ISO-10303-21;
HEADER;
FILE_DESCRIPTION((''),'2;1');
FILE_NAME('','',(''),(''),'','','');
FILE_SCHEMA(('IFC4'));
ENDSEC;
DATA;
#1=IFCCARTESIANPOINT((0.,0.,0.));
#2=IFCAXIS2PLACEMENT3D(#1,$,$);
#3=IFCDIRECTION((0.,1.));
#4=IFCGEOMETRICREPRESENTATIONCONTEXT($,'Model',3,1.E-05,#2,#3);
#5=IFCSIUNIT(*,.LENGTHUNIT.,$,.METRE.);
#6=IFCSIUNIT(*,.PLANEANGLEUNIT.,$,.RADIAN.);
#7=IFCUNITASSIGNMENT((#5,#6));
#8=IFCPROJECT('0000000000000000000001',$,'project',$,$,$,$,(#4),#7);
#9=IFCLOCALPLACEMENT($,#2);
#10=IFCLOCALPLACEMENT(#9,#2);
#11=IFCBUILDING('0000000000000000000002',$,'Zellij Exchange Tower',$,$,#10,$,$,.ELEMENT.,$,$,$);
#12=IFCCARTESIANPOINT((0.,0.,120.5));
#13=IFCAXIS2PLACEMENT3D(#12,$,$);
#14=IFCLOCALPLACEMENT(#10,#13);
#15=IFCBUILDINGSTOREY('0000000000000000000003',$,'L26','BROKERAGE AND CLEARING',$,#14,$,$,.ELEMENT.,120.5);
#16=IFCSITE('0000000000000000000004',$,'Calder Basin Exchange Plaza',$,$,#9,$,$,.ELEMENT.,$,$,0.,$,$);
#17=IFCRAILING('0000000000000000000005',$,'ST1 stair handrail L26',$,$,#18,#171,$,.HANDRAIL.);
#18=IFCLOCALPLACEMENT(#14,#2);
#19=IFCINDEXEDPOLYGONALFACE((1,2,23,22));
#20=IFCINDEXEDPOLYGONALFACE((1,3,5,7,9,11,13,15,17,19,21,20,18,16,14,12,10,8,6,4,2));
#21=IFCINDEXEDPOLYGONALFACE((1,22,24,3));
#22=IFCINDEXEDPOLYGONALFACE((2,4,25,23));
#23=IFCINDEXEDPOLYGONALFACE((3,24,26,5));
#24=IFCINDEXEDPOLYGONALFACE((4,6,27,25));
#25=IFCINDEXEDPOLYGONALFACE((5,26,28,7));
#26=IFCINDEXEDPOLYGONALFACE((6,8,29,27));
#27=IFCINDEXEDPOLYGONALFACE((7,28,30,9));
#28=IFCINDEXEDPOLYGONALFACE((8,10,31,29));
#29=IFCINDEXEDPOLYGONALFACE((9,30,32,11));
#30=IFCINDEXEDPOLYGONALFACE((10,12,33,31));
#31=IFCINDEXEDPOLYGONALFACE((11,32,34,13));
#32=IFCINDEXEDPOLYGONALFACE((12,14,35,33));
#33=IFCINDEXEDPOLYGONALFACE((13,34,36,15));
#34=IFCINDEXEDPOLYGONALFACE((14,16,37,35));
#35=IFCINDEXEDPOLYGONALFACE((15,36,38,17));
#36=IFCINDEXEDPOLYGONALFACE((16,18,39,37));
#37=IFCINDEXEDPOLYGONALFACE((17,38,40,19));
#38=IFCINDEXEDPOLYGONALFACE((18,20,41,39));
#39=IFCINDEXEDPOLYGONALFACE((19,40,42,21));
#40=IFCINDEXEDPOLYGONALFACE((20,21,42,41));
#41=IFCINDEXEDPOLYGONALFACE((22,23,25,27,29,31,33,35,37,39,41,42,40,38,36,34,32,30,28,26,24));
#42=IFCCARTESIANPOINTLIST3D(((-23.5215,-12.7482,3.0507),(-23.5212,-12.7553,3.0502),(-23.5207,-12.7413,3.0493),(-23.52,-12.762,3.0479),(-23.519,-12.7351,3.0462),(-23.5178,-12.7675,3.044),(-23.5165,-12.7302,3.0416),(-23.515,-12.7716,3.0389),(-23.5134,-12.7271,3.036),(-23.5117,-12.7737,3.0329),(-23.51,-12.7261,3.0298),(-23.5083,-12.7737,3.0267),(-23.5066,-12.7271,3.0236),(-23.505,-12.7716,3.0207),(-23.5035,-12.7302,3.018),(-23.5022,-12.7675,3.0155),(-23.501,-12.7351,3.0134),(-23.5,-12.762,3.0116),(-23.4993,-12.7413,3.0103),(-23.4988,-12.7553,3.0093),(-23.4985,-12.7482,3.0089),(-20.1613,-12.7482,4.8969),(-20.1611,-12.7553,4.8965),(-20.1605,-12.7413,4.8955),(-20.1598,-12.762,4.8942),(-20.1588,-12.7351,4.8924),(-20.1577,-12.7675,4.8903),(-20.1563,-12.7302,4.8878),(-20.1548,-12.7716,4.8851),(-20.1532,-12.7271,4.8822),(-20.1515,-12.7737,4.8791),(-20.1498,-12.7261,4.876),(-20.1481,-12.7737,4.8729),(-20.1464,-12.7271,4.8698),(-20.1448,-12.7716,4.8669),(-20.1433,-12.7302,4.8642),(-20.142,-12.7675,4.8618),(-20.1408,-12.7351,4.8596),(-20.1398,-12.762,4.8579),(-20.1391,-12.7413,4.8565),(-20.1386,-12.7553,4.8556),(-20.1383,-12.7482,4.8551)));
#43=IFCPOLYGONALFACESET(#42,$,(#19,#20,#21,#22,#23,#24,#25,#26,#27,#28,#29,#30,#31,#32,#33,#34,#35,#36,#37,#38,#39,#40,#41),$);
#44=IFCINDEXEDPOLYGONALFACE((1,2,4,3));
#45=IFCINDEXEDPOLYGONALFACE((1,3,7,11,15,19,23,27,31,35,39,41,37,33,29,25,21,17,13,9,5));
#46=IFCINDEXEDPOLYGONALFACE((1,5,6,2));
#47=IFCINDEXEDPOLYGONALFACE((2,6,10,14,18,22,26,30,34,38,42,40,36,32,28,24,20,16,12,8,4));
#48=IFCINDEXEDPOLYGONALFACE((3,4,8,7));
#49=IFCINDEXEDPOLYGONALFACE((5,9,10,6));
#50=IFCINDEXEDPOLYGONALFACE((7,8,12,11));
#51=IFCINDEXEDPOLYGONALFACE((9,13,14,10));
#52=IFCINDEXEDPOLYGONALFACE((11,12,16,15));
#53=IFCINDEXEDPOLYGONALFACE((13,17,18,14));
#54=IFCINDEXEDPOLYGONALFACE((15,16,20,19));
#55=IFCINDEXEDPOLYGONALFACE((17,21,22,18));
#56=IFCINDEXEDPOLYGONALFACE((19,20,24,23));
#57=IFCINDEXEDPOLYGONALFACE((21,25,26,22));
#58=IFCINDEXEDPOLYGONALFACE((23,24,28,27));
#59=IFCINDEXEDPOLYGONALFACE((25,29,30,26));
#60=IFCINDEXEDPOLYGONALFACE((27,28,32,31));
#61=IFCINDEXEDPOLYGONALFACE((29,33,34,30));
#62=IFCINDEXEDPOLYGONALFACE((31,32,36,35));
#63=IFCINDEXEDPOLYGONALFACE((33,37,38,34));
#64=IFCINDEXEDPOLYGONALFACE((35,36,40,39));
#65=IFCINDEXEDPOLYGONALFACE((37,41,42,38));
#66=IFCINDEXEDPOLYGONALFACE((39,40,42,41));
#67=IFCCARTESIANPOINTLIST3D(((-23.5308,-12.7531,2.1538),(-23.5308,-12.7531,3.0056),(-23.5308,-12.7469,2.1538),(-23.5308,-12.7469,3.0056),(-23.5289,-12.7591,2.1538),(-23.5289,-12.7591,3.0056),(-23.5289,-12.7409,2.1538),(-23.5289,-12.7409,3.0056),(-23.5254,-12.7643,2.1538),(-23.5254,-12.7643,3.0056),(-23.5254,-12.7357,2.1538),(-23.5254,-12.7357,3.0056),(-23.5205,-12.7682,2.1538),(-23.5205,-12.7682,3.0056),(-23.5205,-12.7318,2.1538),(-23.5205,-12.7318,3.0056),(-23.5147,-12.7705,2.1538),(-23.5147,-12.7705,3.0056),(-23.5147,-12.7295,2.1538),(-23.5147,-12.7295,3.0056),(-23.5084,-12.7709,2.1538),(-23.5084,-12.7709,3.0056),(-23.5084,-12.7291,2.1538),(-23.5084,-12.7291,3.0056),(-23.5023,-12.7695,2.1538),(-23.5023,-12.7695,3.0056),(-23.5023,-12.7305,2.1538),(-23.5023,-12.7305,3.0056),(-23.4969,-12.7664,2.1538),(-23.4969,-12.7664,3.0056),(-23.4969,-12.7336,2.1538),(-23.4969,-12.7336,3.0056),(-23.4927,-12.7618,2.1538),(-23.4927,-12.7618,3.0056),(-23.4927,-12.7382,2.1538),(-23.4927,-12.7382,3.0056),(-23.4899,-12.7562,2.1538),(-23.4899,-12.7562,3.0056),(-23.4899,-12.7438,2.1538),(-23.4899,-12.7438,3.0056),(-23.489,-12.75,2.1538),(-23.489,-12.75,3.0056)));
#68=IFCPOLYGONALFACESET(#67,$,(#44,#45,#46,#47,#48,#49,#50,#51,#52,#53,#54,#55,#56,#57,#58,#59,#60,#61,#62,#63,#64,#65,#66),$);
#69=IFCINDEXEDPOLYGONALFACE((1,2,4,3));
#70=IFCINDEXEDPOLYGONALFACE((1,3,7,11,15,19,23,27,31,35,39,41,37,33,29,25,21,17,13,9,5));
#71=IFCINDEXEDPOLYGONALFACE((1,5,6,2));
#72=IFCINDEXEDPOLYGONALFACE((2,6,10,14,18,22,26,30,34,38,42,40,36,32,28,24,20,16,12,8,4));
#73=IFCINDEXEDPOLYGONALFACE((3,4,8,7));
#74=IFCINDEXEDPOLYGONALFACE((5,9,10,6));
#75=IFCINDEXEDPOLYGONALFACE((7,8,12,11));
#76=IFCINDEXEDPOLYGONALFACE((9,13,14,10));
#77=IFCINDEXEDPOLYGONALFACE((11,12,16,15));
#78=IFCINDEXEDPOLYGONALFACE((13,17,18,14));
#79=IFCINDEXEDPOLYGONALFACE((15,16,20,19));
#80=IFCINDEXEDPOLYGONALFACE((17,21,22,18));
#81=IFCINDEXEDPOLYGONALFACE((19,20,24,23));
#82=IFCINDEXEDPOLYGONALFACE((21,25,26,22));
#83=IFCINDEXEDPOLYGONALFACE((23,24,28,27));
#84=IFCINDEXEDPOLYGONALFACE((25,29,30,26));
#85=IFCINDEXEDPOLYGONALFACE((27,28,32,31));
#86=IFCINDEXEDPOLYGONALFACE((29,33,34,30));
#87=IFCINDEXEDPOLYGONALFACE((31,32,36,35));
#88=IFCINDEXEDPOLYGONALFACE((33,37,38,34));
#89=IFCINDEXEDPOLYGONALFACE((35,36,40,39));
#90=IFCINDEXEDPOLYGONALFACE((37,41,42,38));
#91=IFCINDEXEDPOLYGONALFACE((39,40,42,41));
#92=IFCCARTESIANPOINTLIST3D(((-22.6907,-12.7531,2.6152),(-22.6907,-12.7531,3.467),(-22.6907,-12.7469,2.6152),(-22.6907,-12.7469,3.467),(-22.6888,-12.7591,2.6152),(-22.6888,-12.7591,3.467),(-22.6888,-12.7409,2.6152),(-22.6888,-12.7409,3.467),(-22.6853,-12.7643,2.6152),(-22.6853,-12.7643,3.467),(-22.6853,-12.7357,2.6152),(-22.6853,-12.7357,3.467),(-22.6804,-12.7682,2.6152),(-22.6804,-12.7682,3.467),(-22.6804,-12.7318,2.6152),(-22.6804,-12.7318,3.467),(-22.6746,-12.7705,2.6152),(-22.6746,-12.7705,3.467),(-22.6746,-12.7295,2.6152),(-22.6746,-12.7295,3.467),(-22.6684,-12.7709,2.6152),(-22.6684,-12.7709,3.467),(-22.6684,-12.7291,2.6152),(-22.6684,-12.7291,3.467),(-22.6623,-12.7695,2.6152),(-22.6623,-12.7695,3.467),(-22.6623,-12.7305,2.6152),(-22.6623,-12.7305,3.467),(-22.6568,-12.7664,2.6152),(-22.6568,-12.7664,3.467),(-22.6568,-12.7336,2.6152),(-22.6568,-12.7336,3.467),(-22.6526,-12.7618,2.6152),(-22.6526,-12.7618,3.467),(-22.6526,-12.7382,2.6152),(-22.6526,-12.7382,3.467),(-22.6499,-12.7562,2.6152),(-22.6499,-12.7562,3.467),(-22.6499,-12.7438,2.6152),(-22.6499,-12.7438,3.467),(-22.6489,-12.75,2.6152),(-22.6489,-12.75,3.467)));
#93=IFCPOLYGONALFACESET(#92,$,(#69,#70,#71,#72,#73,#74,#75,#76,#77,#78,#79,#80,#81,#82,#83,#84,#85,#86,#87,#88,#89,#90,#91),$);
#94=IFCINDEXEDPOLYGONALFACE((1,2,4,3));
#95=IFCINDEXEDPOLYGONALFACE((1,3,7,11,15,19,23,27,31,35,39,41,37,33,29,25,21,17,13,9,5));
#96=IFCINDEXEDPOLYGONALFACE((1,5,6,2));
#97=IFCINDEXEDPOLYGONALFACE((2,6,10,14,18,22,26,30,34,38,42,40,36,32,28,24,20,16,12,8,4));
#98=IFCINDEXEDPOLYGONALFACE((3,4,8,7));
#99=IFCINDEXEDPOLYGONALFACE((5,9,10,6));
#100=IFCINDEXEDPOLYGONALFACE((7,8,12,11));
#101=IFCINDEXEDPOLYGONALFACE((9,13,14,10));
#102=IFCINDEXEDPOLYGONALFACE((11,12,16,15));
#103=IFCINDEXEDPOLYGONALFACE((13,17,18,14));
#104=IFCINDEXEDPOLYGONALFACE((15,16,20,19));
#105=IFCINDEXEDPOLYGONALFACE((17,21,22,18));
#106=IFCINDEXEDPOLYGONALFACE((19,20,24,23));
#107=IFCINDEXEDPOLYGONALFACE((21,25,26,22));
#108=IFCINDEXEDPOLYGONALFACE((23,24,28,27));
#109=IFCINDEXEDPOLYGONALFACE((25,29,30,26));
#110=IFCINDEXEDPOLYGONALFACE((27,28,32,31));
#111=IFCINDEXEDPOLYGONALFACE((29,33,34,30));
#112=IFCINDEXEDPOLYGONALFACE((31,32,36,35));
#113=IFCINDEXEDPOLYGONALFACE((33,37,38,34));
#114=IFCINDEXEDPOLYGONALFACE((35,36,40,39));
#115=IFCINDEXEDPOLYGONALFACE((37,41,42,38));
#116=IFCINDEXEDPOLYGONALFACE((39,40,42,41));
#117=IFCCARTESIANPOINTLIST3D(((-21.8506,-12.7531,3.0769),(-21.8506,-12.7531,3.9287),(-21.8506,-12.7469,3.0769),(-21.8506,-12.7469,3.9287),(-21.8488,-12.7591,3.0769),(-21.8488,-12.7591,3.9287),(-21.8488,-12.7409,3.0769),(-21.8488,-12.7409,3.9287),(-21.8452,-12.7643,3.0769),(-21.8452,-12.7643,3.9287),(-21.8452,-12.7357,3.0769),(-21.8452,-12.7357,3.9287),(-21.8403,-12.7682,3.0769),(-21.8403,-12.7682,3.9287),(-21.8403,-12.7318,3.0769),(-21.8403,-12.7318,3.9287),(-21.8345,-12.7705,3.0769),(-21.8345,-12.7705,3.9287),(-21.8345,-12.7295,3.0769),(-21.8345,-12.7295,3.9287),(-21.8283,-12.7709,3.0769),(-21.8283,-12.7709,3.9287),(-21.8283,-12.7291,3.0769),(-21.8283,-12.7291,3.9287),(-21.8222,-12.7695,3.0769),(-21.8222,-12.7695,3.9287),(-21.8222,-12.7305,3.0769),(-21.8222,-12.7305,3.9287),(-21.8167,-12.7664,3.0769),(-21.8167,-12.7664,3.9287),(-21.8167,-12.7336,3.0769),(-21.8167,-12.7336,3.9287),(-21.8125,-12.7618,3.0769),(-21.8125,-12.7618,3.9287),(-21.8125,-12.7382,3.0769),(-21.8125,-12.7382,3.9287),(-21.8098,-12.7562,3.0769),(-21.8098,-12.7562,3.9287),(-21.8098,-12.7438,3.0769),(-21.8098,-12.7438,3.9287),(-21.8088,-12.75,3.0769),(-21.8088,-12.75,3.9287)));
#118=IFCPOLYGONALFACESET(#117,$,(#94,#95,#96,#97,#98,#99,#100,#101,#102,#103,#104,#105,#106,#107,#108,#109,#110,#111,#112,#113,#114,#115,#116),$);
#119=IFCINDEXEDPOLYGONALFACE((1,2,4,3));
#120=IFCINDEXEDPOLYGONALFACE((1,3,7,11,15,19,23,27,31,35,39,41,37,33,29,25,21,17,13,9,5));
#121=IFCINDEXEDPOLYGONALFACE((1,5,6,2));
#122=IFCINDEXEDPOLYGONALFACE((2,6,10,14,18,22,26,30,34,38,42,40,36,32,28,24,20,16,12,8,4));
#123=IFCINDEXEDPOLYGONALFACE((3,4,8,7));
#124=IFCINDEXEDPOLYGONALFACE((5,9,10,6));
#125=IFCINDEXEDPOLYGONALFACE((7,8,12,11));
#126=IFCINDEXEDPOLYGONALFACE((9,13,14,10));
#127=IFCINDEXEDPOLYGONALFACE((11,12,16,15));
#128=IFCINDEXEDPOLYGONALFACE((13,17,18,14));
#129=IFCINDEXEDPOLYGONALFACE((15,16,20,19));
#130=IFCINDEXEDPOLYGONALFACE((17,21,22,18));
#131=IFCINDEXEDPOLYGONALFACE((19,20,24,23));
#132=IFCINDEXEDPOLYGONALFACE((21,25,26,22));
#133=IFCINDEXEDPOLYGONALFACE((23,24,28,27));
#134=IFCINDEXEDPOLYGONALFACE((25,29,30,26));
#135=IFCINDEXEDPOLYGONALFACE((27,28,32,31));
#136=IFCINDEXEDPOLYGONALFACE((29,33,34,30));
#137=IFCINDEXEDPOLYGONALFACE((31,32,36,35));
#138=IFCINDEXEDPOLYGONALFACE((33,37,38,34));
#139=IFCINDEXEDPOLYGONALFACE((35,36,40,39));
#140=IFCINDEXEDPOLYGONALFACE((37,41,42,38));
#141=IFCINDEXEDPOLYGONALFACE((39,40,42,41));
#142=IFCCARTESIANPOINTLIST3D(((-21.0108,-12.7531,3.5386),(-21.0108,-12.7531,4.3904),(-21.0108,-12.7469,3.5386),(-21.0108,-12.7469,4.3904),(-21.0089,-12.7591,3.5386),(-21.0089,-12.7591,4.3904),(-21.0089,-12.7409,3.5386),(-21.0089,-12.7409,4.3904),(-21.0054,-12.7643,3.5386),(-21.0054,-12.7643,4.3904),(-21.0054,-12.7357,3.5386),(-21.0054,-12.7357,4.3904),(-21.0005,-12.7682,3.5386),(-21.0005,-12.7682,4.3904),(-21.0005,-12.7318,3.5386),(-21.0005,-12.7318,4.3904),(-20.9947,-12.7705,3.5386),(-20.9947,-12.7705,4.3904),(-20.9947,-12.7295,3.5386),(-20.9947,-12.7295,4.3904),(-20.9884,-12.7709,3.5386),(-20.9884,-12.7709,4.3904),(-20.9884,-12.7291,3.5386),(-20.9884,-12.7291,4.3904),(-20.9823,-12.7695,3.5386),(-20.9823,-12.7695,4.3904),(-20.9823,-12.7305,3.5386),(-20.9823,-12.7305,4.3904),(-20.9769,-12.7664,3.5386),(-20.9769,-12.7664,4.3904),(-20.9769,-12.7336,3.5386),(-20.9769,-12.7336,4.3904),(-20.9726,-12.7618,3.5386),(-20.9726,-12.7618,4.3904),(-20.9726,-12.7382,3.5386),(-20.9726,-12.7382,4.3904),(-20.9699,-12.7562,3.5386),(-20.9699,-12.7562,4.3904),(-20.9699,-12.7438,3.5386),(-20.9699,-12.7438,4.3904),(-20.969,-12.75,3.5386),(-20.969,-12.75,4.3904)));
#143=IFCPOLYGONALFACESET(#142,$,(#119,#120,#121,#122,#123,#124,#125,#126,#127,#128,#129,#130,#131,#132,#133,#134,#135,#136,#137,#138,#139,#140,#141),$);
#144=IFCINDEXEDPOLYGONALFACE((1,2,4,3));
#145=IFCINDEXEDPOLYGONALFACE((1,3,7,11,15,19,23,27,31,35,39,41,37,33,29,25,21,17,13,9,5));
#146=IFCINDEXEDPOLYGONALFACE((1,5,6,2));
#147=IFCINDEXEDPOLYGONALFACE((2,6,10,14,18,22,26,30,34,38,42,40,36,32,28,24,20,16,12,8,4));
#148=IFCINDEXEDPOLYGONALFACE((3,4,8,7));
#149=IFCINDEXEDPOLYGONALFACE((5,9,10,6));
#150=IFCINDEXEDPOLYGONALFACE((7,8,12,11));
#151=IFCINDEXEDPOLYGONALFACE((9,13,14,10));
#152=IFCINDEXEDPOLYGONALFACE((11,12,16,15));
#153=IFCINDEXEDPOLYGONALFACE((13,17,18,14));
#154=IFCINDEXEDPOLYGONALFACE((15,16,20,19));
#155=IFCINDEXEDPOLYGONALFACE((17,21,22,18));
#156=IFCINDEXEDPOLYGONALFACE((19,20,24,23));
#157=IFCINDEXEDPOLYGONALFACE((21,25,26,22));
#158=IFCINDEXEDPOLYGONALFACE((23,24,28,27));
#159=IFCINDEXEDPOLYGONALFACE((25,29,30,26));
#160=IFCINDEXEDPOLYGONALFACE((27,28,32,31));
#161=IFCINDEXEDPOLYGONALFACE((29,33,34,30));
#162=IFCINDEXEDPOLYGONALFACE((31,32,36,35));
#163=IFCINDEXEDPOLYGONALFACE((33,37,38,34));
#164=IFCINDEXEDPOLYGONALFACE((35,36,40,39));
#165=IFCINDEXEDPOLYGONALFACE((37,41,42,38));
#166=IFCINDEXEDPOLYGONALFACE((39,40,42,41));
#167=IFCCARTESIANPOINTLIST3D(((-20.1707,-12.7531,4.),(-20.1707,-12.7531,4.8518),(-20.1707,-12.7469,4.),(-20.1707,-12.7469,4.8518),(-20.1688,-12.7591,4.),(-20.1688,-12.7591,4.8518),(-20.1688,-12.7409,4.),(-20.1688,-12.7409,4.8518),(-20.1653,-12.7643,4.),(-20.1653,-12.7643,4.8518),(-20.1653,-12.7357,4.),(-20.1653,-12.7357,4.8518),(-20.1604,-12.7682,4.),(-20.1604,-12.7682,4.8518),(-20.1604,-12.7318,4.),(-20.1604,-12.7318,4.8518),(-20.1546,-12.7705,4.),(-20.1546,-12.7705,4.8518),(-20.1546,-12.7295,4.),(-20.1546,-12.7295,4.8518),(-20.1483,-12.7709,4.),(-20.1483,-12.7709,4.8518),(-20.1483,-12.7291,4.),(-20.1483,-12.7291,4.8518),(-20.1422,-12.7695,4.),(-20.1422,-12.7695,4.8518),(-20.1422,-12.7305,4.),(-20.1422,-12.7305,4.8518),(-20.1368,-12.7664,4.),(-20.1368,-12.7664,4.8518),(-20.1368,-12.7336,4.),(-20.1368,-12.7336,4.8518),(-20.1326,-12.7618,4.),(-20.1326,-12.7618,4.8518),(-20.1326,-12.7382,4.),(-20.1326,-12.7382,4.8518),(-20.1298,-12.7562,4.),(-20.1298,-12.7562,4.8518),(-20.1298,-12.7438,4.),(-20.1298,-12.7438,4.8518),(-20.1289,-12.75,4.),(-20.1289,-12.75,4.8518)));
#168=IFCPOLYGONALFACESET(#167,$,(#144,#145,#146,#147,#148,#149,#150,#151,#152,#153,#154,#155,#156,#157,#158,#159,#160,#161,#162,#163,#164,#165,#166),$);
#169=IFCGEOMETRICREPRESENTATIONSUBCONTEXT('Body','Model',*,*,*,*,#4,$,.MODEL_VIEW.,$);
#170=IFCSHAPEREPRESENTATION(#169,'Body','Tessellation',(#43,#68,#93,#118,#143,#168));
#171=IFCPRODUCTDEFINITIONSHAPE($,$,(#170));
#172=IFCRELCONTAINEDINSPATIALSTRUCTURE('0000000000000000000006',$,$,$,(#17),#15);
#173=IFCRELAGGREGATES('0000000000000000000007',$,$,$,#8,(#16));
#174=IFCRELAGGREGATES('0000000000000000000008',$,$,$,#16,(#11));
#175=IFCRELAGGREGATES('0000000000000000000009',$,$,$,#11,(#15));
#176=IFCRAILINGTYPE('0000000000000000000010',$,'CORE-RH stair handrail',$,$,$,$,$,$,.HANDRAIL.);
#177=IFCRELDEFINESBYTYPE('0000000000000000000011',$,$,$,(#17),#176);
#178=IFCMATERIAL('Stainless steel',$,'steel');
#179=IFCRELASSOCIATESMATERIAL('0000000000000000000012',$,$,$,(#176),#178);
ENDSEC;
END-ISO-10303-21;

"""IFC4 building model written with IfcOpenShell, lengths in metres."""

from ifc_helpers import new_model, si_unit, direction, frame, origin, origin_2d, place, context, subcontext, project, spatial, circle, extrude, material, type_object, element, save


model = new_model("IFC4")

# Units and contexts
model_context = context("Model", 3, precision=1e-05, world=origin(), true_north=direction((0.0, 1.0)))
body_context = subcontext(model_context, "Body", "Model", "MODEL_VIEW")
ifc_project = project(units=[si_unit("LENGTHUNIT", "METRE"), si_unit("PLANEANGLEUNIT", "RADIAN")], contexts=[model_context])

# Site, building, storey
site_placement = place(None, origin())
site = spatial("IfcSite", under=ifc_project, at=site_placement, Name="Calder Basin Exchange Plaza", CompositionType="ELEMENT", RefElevation=0.0)
building_placement = place(site_placement, origin())
building = spatial("IfcBuilding", under=site, at=building_placement, Name="Zellij Exchange Tower", CompositionType="ELEMENT")
storey_placement = place(building_placement, frame((0.0, 0.0, 120.5)))
storey = spatial("IfcBuildingStorey", under=building, at=storey_placement, Name="L26", Description="BROKERAGE AND CLEARING", CompositionType="ELEMENT", Elevation=120.5)

# Railing
ifc_material_1 = material(Name="Stainless steel", Category="steel")
railing_type = type_object("IfcRailingType", Name="CORE-RH stair handrail", PredefinedType="HANDRAIL", material=ifc_material_1)
railing_placement = place(storey_placement, frame((-23.51, -12.75, 2.1538)))
element("IfcRailing", 1, at=railing_placement, inside=storey, type_object=railing_type, Name="ST1 stair handrail L26", PredefinedType="HANDRAIL", context=body_context, shape_type="SweptSolid", body=[
    extrude(circle(Radius=0.0239, at=origin_2d()), frame((0.0, 0.0, 0.876), z_axis=(0.876422, 0.0, 0.481545), x_axis=(0.0, 1.0, 0.0)), (0.0, 0.0, 1.0), 3.834),
    extrude(circle(Radius=0.021, at=origin_2d()), origin(), (0.0, 0.0, 1.0), 0.8518),
    extrude(circle(Radius=0.021, at=origin_2d()), frame((0.8401, 0.0, 0.4614)), (0.0, 0.0, 1.0), 0.8518),
    extrude(circle(Radius=0.021, at=origin_2d()), frame((1.6802, 0.0, 0.9231)), (0.0, 0.0, 1.0), 0.8518),
    extrude(circle(Radius=0.021, at=origin_2d()), frame((2.52, 0.0, 1.3848)), (0.0, 0.0, 1.0), 0.8518),
    extrude(circle(Radius=0.021, at=origin_2d()), frame((3.3601, 0.0, 1.8462)), (0.0, 0.0, 1.0), 0.8518),
])

save(model, "model.ifc")
